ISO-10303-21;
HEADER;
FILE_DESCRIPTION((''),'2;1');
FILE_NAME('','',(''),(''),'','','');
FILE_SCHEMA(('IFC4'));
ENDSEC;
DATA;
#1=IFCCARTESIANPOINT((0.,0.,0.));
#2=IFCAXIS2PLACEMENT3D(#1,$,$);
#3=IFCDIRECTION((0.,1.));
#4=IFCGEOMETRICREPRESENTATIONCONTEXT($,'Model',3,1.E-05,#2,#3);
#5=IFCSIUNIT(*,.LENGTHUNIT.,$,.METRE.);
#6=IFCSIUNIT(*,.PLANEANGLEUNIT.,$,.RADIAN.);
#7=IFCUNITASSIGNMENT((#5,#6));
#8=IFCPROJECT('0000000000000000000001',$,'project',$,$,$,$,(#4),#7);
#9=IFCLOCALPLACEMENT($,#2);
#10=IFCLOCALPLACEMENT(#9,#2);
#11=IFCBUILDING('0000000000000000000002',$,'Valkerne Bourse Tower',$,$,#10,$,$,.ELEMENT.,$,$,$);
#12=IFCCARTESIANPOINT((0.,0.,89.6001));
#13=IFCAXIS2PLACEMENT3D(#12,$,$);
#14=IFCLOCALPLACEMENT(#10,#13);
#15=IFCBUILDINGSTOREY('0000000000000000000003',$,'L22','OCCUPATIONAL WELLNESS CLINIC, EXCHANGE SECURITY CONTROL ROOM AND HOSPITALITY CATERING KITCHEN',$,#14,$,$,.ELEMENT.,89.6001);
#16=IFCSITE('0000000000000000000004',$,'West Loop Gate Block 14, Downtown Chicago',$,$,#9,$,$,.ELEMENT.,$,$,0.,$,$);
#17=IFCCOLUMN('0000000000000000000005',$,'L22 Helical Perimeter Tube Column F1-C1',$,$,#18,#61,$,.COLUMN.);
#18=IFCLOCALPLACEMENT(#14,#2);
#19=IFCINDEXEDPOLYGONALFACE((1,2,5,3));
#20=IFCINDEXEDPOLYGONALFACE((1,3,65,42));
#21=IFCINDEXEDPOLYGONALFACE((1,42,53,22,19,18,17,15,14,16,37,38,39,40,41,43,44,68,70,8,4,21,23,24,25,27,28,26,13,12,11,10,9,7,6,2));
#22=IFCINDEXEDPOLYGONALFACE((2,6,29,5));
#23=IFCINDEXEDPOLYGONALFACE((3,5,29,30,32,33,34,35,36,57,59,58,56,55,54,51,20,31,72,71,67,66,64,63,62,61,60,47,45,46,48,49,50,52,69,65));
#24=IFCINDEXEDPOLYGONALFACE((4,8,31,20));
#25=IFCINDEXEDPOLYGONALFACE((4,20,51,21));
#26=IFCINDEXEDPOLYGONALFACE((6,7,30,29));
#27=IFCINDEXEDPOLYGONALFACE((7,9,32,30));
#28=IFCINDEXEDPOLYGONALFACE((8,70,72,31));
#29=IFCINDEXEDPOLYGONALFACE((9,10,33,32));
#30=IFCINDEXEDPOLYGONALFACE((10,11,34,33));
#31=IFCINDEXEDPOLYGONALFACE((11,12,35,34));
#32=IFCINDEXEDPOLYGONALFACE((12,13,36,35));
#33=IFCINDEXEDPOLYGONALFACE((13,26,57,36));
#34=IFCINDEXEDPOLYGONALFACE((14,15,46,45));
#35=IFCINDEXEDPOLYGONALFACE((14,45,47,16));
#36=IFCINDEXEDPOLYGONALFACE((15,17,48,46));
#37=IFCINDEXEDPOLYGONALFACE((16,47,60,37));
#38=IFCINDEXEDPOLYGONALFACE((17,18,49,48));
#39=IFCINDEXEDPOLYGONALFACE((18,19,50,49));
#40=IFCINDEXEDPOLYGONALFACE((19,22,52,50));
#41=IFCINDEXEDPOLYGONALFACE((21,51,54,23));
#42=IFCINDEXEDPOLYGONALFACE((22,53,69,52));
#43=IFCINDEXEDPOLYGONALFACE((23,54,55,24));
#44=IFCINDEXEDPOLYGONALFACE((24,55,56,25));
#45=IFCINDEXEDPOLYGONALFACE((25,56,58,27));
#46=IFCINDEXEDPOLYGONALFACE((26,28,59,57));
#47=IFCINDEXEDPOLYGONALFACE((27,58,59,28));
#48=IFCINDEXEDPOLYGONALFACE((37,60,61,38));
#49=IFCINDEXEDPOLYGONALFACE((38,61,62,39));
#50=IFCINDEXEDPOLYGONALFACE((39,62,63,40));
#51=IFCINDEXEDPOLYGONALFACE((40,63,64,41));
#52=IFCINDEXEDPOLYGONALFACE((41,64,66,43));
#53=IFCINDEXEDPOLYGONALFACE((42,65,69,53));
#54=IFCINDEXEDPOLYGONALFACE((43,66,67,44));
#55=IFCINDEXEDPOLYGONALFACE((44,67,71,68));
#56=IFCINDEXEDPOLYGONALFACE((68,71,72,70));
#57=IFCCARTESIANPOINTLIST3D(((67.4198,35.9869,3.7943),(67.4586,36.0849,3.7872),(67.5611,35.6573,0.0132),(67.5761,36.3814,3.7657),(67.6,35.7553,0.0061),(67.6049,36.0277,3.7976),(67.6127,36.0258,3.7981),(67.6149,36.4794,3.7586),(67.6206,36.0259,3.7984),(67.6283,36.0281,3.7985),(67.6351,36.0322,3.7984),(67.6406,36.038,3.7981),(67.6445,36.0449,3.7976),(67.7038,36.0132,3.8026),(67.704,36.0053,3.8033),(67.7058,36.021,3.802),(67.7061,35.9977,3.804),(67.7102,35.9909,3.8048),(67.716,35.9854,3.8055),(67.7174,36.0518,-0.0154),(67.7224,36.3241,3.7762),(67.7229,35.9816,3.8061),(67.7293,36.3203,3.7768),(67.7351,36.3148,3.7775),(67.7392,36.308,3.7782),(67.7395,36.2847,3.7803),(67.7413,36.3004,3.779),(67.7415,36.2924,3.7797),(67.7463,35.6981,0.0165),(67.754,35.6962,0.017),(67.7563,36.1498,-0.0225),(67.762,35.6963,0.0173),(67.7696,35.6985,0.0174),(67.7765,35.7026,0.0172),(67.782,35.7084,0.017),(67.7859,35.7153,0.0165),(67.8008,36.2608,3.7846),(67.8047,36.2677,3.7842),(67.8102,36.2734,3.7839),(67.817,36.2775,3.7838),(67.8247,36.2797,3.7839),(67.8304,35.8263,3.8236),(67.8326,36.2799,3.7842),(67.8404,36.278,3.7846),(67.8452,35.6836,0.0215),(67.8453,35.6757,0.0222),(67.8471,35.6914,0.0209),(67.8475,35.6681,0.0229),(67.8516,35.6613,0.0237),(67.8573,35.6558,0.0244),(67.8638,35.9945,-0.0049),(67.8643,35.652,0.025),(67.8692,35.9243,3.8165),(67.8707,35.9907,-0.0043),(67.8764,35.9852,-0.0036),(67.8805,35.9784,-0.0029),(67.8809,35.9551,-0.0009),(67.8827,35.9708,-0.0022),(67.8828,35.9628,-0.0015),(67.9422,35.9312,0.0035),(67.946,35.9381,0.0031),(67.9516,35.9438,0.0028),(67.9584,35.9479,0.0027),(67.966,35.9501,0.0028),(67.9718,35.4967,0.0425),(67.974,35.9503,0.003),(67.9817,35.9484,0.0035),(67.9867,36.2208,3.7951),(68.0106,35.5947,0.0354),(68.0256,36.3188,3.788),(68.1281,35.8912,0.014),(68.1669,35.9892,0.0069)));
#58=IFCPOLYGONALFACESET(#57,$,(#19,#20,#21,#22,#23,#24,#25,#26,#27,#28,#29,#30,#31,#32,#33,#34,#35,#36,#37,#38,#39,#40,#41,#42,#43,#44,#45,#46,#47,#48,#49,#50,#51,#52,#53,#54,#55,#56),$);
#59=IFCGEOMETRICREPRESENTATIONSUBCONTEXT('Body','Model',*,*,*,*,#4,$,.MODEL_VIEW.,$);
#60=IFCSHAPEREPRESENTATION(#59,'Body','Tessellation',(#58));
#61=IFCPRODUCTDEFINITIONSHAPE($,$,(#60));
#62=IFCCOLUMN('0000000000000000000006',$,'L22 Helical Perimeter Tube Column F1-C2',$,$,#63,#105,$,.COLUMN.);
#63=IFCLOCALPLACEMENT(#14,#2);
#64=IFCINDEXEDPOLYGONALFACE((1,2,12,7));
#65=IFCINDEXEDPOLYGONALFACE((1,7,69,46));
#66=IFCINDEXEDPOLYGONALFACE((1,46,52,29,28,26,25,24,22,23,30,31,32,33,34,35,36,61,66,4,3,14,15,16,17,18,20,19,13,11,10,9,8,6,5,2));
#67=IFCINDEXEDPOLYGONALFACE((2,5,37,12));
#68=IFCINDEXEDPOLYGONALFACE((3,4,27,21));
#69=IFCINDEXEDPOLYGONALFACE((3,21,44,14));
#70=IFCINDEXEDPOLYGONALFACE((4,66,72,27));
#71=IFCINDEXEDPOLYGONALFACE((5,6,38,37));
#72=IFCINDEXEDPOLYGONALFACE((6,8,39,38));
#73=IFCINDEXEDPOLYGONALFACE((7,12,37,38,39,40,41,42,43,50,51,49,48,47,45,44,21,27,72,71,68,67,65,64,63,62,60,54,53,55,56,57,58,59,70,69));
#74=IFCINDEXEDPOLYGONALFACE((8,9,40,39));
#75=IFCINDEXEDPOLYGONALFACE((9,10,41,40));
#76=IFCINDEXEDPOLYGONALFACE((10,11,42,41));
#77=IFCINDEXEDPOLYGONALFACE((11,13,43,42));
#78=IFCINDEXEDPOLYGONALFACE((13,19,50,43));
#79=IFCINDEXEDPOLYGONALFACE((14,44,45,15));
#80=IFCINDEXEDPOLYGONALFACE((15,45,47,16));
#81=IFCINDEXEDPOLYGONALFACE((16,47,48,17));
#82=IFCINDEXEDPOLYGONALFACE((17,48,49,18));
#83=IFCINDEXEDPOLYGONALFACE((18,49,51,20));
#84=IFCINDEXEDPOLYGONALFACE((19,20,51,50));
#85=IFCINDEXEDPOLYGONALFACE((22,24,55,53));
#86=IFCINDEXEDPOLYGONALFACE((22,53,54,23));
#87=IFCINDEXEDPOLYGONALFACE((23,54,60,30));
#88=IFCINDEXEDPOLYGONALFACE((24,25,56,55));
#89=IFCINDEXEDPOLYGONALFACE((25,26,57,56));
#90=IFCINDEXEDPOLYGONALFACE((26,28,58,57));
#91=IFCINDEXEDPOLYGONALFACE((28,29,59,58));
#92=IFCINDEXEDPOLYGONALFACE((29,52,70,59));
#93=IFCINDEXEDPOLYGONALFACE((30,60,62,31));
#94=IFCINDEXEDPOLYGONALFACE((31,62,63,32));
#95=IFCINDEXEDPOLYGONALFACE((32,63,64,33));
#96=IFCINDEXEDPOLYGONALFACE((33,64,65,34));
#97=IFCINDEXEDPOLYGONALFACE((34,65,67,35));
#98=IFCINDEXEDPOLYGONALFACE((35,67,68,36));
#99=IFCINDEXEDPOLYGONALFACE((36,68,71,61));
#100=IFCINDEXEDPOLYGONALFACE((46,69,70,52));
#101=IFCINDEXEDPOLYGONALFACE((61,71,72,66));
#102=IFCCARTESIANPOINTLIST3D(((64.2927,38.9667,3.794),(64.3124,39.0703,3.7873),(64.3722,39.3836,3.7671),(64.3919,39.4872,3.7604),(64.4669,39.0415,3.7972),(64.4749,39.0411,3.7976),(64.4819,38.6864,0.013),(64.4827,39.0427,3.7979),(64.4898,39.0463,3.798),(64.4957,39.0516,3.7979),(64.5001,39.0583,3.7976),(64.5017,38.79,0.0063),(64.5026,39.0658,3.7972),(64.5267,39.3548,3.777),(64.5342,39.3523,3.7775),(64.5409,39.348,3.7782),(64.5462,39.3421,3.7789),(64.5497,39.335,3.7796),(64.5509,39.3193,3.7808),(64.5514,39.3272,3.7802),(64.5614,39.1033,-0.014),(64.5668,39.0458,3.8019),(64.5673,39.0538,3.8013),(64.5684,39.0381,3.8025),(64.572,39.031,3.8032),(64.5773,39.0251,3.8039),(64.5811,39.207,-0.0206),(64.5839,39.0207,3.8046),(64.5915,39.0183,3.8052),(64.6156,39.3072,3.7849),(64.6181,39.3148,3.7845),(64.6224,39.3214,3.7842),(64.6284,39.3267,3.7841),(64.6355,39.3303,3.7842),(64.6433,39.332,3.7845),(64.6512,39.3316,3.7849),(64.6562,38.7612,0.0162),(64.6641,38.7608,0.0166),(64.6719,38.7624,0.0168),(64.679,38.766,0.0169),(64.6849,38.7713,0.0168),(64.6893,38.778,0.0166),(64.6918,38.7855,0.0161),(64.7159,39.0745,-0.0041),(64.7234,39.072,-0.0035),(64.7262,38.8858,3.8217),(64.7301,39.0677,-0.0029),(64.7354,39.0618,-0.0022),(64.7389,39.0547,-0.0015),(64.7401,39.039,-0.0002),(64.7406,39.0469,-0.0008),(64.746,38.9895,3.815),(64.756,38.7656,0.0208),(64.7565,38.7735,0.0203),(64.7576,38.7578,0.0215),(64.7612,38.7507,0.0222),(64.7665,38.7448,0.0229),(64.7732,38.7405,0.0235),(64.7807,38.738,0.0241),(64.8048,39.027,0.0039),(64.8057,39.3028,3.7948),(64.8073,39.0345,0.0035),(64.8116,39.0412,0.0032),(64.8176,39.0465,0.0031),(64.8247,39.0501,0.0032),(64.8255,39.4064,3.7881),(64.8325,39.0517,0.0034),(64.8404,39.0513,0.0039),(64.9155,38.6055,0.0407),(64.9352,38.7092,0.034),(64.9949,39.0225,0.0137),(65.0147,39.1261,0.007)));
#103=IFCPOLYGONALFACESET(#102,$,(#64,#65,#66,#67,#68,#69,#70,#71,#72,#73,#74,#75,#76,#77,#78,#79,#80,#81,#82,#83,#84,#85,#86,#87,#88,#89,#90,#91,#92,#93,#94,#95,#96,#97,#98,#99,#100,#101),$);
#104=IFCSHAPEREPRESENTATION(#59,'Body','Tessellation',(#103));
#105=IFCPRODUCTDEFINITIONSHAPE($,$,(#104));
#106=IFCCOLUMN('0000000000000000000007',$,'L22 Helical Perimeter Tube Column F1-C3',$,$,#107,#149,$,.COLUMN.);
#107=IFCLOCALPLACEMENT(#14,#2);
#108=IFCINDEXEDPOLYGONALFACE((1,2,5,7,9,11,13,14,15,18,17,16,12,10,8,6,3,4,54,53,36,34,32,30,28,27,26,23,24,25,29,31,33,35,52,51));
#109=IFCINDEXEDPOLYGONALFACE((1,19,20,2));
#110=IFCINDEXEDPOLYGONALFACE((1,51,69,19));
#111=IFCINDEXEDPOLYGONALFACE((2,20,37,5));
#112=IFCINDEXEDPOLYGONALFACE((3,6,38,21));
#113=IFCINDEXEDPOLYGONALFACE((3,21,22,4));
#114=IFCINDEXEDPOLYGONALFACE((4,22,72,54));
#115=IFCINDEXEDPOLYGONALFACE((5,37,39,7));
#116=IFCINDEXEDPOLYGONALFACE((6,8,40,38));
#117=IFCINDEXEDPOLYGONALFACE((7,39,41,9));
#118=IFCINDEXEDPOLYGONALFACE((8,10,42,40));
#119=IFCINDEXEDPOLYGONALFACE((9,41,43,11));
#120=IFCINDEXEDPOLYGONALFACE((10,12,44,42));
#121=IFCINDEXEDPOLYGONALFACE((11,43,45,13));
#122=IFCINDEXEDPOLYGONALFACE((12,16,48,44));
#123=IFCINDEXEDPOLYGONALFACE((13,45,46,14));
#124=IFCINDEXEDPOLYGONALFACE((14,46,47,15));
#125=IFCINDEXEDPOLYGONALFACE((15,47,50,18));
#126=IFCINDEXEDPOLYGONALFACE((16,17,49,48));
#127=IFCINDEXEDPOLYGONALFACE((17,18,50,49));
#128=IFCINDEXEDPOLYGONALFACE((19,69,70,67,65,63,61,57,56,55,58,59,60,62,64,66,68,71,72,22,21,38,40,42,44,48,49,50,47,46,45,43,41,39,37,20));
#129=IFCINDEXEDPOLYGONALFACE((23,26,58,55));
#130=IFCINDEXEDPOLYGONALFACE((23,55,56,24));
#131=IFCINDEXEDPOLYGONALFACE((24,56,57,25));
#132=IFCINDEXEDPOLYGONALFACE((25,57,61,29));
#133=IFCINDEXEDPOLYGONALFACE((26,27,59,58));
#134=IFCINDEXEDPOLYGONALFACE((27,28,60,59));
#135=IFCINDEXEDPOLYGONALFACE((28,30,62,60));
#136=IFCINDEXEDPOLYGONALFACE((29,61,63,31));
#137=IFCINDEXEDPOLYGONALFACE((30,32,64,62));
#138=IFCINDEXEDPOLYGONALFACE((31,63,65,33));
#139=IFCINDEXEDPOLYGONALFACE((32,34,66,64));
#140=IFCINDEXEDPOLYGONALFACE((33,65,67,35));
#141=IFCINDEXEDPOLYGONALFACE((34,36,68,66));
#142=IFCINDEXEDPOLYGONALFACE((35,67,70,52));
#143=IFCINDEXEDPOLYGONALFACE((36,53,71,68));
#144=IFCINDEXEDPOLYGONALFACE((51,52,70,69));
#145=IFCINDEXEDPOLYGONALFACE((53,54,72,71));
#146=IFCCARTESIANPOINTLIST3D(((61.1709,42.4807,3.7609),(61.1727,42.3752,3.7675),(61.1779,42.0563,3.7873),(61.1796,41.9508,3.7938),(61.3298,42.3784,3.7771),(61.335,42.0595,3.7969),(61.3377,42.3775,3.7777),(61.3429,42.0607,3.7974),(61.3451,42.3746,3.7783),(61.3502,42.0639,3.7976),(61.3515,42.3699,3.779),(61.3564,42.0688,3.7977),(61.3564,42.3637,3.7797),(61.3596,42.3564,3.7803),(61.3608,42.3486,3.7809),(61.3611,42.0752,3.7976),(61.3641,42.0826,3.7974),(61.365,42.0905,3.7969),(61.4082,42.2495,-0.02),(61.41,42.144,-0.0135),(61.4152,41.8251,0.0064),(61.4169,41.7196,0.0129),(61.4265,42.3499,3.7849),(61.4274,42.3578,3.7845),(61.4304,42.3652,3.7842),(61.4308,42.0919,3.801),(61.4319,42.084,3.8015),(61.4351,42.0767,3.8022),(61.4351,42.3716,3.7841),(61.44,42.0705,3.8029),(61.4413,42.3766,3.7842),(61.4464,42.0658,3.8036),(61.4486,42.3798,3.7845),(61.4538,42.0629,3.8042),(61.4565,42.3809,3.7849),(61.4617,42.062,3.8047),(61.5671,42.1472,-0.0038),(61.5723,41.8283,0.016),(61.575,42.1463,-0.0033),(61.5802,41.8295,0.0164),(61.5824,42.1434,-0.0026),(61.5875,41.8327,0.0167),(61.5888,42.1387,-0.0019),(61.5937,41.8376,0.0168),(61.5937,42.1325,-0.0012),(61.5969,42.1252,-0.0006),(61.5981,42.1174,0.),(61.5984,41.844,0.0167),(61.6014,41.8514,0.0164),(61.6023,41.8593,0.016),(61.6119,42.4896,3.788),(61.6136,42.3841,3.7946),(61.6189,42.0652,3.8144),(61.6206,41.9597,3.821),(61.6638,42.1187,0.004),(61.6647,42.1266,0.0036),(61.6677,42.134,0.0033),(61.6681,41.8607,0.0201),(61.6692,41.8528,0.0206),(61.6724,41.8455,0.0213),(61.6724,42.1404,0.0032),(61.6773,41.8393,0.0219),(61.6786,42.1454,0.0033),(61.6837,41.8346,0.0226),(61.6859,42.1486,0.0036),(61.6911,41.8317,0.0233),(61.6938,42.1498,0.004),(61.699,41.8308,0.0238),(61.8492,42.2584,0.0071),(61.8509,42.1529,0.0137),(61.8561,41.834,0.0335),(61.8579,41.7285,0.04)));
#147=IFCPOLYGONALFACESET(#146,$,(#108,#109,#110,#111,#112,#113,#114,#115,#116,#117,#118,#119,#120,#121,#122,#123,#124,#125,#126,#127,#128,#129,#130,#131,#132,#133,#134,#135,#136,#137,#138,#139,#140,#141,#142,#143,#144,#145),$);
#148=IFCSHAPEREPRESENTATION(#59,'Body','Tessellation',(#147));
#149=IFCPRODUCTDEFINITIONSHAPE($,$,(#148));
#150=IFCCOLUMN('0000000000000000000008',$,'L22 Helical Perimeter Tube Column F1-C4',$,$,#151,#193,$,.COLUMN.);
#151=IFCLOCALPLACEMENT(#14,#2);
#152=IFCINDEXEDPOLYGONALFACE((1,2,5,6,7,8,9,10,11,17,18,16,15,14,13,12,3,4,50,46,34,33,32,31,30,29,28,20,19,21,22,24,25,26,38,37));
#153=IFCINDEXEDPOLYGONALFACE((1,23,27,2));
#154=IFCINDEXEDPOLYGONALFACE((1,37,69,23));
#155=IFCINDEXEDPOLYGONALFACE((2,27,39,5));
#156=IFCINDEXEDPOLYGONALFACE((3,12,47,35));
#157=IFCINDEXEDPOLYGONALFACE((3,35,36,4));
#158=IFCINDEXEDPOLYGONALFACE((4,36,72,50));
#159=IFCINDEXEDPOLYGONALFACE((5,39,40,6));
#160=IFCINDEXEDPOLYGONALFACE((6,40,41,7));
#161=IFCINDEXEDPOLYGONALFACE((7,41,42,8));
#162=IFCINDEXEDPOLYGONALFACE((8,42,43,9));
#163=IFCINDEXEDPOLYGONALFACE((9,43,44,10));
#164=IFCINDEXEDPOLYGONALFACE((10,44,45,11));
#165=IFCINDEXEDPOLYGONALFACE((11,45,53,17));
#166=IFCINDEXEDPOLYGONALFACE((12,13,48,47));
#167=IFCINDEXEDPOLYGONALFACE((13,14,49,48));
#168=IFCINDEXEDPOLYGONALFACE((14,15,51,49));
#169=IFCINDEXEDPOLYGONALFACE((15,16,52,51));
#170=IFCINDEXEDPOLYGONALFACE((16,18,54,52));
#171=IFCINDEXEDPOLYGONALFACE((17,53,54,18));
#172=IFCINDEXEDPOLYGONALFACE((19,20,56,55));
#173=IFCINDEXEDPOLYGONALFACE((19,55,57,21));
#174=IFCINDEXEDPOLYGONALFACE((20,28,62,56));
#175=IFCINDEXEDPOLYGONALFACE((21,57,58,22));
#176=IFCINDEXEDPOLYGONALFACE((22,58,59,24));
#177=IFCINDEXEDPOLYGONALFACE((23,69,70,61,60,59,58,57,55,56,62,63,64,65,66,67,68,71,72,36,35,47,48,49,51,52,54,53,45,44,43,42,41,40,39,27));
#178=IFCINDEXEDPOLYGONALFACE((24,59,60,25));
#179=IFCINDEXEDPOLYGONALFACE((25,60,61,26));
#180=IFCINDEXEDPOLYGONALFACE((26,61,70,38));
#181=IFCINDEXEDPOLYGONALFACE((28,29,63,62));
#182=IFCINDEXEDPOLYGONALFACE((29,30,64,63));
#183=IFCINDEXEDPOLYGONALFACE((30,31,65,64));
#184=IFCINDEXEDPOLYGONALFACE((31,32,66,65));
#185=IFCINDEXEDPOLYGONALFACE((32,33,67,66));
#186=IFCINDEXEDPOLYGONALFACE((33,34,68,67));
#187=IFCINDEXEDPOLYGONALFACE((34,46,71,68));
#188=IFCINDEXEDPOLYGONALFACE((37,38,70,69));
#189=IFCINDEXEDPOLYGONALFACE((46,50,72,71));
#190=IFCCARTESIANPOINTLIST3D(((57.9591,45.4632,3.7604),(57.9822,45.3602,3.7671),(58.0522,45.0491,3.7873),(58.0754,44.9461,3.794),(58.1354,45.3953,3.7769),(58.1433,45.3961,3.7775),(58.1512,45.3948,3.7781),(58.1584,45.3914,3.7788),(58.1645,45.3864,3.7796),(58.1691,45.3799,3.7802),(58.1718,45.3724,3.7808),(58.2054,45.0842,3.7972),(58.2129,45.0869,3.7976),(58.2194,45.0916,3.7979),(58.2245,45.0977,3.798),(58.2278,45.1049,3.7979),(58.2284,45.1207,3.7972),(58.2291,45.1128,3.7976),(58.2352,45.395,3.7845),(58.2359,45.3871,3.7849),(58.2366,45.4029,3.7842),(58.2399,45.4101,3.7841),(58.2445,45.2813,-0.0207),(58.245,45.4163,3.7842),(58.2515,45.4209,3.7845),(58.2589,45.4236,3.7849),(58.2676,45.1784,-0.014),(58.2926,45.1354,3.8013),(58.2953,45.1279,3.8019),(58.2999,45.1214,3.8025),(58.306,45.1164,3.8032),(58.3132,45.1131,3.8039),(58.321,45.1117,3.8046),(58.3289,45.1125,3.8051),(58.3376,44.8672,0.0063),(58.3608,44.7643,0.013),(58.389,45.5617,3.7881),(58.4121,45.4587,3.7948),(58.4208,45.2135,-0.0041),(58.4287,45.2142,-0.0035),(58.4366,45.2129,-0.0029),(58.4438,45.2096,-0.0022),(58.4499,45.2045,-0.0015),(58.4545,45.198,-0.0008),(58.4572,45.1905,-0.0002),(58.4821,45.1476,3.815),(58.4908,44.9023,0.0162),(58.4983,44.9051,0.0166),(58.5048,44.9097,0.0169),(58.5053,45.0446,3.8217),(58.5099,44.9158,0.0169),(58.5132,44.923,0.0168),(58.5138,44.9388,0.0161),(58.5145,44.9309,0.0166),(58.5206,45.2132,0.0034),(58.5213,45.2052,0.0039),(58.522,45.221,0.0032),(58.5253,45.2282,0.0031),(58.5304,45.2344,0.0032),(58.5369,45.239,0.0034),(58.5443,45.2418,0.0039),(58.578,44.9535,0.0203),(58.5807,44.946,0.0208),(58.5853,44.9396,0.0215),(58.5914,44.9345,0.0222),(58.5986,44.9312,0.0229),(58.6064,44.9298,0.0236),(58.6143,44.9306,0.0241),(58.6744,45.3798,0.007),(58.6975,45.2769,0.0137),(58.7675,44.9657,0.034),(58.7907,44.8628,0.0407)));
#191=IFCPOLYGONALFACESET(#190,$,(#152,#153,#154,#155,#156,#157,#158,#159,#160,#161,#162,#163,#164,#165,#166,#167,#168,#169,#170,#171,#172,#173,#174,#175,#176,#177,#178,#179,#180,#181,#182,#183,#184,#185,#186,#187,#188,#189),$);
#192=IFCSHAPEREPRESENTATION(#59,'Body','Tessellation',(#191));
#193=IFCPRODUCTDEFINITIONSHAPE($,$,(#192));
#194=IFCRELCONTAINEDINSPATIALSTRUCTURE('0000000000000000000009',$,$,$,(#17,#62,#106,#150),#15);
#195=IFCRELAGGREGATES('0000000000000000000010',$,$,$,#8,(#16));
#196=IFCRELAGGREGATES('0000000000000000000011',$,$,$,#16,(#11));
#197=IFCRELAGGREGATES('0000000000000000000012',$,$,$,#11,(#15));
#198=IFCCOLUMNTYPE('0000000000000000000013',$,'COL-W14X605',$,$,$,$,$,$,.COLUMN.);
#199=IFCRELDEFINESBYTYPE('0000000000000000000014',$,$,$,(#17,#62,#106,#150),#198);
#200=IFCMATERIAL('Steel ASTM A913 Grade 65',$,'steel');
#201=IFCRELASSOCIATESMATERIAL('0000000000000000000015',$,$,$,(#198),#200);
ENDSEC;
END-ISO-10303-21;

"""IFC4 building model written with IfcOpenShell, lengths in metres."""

from ifc_helpers import new_model, si_unit, direction, frame, origin, origin_2d, place, context, subcontext, project, spatial, i_section, extrude, material, material_profile, profile_set, type_object, element, save


model = new_model("IFC4")

# Units and contexts
model_context = context("Model", 3, precision=1e-05, world=origin(), true_north=direction((0.0, 1.0)))
body_context = subcontext(model_context, "Body", "Model", "MODEL_VIEW")
ifc_project = project(units=[si_unit("LENGTHUNIT", "METRE"), si_unit("PLANEANGLEUNIT", "RADIAN")], contexts=[model_context])

# Site, building, storey
site_placement = place(None, origin())
site = spatial("IfcSite", under=ifc_project, at=site_placement, Name="West Loop Gate Block 14, Downtown Chicago", CompositionType="ELEMENT", RefElevation=0.0)
building_placement = place(site_placement, origin())
building = spatial("IfcBuilding", under=site, at=building_placement, Name="Valkerne Bourse Tower", CompositionType="ELEMENT")
storey_placement = place(building_placement, frame((0.0, 0.0, 89.6001)))
storey = spatial("IfcBuildingStorey", under=building, at=storey_placement, Name="L22", Description="OCCUPATIONAL WELLNESS CLINIC, EXCHANGE SECURITY CONTROL ROOM AND HOSPITALITY CATERING KITCHEN", CompositionType="ELEMENT", Elevation=89.6001)

# Columns
ifc_material_1 = material(Name="Steel ASTM A913 Grade 65", Category="steel")
ifc_material_profile_1 = material_profile(ifc_material_1, i_section(OverallWidth=0.4419, OverallDepth=0.531, WebThickness=0.0659, FlangeThickness=0.1057, FilletRadius=0.0305, at=origin_2d()), Name="W14X605")
ifc_profile_set_1 = profile_set([ifc_material_profile_1], Name="Steel ASTM A913 Grade 65")
column_type = type_object("IfcColumnType", Name="COL-W14X605", PredefinedType="COLUMN", material=ifc_profile_set_1)
column_1_placement = place(storey_placement, frame((67.864, 35.8232, 0.01), z_axis=(-0.037219, 0.08678, 0.995532), x_axis=(0.929268, -0.363386, 0.066418)))
element("IfcColumn", 1, at=column_1_placement, inside=storey, type_object=column_type, Name="L22 Helical Perimeter Tube Column F1-C1", PredefinedType="COLUMN", context=body_context, shape_type="SweptSolid", body=[
    extrude(i_section(OverallWidth=0.4419, OverallDepth=0.531, WebThickness=0.0659, FlangeThickness=0.1057, FilletRadius=0.0305, at=origin_2d()), origin(), (0.0, 0.0, 1.0), 3.7981),
])
column_2_placement = place(storey_placement, frame((64.7483, 38.9062, 0.01), z_axis=(-0.049843, 0.073832, 0.996024), x_axis=(0.981122, -0.182958, 0.062659)))
element("IfcColumn", 2, at=column_2_placement, inside=storey, type_object=column_type, Name="L22 Helical Perimeter Tube Column F1-C2", PredefinedType="COLUMN", context=body_context, shape_type="SweptSolid", body=[
    extrude(i_section(OverallWidth=0.4419, OverallDepth=0.531, WebThickness=0.0659, FlangeThickness=0.1057, FilletRadius=0.0305, at=origin_2d()), origin(), (0.0, 0.0, 1.0), 3.7961),
])
column_3_placement = place(storey_placement, frame((61.6331, 41.989, 0.01), z_axis=(-0.062523, 0.060915, 0.996183), x_axis=(0.99791, 0.020136, 0.0614)))
element("IfcColumn", 3, at=column_3_placement, inside=storey, type_object=column_type, Name="L22 Helical Perimeter Tube Column F1-C3", PredefinedType="COLUMN", context=body_context, shape_type="SweptSolid", body=[
    extrude(i_section(OverallWidth=0.4419, OverallDepth=0.531, WebThickness=0.0659, FlangeThickness=0.1057, FilletRadius=0.0305, at=origin_2d()), origin(), (0.0, 0.0, 1.0), 3.7954),
])
column_4_placement = place(storey_placement, frame((58.5176, 45.072, 0.01), z_axis=(-0.075182, 0.047913, 0.996018), x_axis=(0.972823, 0.222897, 0.062709)))
element("IfcColumn", 4, at=column_4_placement, inside=storey, type_object=column_type, Name="L22 Helical Perimeter Tube Column F1-C4", PredefinedType="COLUMN", context=body_context, shape_type="SweptSolid", body=[
    extrude(i_section(OverallWidth=0.4419, OverallDepth=0.531, WebThickness=0.0659, FlangeThickness=0.1057, FilletRadius=0.0305, at=origin_2d()), origin(), (0.0, 0.0, 1.0), 3.7961),
])

save(model, "model.ifc")
